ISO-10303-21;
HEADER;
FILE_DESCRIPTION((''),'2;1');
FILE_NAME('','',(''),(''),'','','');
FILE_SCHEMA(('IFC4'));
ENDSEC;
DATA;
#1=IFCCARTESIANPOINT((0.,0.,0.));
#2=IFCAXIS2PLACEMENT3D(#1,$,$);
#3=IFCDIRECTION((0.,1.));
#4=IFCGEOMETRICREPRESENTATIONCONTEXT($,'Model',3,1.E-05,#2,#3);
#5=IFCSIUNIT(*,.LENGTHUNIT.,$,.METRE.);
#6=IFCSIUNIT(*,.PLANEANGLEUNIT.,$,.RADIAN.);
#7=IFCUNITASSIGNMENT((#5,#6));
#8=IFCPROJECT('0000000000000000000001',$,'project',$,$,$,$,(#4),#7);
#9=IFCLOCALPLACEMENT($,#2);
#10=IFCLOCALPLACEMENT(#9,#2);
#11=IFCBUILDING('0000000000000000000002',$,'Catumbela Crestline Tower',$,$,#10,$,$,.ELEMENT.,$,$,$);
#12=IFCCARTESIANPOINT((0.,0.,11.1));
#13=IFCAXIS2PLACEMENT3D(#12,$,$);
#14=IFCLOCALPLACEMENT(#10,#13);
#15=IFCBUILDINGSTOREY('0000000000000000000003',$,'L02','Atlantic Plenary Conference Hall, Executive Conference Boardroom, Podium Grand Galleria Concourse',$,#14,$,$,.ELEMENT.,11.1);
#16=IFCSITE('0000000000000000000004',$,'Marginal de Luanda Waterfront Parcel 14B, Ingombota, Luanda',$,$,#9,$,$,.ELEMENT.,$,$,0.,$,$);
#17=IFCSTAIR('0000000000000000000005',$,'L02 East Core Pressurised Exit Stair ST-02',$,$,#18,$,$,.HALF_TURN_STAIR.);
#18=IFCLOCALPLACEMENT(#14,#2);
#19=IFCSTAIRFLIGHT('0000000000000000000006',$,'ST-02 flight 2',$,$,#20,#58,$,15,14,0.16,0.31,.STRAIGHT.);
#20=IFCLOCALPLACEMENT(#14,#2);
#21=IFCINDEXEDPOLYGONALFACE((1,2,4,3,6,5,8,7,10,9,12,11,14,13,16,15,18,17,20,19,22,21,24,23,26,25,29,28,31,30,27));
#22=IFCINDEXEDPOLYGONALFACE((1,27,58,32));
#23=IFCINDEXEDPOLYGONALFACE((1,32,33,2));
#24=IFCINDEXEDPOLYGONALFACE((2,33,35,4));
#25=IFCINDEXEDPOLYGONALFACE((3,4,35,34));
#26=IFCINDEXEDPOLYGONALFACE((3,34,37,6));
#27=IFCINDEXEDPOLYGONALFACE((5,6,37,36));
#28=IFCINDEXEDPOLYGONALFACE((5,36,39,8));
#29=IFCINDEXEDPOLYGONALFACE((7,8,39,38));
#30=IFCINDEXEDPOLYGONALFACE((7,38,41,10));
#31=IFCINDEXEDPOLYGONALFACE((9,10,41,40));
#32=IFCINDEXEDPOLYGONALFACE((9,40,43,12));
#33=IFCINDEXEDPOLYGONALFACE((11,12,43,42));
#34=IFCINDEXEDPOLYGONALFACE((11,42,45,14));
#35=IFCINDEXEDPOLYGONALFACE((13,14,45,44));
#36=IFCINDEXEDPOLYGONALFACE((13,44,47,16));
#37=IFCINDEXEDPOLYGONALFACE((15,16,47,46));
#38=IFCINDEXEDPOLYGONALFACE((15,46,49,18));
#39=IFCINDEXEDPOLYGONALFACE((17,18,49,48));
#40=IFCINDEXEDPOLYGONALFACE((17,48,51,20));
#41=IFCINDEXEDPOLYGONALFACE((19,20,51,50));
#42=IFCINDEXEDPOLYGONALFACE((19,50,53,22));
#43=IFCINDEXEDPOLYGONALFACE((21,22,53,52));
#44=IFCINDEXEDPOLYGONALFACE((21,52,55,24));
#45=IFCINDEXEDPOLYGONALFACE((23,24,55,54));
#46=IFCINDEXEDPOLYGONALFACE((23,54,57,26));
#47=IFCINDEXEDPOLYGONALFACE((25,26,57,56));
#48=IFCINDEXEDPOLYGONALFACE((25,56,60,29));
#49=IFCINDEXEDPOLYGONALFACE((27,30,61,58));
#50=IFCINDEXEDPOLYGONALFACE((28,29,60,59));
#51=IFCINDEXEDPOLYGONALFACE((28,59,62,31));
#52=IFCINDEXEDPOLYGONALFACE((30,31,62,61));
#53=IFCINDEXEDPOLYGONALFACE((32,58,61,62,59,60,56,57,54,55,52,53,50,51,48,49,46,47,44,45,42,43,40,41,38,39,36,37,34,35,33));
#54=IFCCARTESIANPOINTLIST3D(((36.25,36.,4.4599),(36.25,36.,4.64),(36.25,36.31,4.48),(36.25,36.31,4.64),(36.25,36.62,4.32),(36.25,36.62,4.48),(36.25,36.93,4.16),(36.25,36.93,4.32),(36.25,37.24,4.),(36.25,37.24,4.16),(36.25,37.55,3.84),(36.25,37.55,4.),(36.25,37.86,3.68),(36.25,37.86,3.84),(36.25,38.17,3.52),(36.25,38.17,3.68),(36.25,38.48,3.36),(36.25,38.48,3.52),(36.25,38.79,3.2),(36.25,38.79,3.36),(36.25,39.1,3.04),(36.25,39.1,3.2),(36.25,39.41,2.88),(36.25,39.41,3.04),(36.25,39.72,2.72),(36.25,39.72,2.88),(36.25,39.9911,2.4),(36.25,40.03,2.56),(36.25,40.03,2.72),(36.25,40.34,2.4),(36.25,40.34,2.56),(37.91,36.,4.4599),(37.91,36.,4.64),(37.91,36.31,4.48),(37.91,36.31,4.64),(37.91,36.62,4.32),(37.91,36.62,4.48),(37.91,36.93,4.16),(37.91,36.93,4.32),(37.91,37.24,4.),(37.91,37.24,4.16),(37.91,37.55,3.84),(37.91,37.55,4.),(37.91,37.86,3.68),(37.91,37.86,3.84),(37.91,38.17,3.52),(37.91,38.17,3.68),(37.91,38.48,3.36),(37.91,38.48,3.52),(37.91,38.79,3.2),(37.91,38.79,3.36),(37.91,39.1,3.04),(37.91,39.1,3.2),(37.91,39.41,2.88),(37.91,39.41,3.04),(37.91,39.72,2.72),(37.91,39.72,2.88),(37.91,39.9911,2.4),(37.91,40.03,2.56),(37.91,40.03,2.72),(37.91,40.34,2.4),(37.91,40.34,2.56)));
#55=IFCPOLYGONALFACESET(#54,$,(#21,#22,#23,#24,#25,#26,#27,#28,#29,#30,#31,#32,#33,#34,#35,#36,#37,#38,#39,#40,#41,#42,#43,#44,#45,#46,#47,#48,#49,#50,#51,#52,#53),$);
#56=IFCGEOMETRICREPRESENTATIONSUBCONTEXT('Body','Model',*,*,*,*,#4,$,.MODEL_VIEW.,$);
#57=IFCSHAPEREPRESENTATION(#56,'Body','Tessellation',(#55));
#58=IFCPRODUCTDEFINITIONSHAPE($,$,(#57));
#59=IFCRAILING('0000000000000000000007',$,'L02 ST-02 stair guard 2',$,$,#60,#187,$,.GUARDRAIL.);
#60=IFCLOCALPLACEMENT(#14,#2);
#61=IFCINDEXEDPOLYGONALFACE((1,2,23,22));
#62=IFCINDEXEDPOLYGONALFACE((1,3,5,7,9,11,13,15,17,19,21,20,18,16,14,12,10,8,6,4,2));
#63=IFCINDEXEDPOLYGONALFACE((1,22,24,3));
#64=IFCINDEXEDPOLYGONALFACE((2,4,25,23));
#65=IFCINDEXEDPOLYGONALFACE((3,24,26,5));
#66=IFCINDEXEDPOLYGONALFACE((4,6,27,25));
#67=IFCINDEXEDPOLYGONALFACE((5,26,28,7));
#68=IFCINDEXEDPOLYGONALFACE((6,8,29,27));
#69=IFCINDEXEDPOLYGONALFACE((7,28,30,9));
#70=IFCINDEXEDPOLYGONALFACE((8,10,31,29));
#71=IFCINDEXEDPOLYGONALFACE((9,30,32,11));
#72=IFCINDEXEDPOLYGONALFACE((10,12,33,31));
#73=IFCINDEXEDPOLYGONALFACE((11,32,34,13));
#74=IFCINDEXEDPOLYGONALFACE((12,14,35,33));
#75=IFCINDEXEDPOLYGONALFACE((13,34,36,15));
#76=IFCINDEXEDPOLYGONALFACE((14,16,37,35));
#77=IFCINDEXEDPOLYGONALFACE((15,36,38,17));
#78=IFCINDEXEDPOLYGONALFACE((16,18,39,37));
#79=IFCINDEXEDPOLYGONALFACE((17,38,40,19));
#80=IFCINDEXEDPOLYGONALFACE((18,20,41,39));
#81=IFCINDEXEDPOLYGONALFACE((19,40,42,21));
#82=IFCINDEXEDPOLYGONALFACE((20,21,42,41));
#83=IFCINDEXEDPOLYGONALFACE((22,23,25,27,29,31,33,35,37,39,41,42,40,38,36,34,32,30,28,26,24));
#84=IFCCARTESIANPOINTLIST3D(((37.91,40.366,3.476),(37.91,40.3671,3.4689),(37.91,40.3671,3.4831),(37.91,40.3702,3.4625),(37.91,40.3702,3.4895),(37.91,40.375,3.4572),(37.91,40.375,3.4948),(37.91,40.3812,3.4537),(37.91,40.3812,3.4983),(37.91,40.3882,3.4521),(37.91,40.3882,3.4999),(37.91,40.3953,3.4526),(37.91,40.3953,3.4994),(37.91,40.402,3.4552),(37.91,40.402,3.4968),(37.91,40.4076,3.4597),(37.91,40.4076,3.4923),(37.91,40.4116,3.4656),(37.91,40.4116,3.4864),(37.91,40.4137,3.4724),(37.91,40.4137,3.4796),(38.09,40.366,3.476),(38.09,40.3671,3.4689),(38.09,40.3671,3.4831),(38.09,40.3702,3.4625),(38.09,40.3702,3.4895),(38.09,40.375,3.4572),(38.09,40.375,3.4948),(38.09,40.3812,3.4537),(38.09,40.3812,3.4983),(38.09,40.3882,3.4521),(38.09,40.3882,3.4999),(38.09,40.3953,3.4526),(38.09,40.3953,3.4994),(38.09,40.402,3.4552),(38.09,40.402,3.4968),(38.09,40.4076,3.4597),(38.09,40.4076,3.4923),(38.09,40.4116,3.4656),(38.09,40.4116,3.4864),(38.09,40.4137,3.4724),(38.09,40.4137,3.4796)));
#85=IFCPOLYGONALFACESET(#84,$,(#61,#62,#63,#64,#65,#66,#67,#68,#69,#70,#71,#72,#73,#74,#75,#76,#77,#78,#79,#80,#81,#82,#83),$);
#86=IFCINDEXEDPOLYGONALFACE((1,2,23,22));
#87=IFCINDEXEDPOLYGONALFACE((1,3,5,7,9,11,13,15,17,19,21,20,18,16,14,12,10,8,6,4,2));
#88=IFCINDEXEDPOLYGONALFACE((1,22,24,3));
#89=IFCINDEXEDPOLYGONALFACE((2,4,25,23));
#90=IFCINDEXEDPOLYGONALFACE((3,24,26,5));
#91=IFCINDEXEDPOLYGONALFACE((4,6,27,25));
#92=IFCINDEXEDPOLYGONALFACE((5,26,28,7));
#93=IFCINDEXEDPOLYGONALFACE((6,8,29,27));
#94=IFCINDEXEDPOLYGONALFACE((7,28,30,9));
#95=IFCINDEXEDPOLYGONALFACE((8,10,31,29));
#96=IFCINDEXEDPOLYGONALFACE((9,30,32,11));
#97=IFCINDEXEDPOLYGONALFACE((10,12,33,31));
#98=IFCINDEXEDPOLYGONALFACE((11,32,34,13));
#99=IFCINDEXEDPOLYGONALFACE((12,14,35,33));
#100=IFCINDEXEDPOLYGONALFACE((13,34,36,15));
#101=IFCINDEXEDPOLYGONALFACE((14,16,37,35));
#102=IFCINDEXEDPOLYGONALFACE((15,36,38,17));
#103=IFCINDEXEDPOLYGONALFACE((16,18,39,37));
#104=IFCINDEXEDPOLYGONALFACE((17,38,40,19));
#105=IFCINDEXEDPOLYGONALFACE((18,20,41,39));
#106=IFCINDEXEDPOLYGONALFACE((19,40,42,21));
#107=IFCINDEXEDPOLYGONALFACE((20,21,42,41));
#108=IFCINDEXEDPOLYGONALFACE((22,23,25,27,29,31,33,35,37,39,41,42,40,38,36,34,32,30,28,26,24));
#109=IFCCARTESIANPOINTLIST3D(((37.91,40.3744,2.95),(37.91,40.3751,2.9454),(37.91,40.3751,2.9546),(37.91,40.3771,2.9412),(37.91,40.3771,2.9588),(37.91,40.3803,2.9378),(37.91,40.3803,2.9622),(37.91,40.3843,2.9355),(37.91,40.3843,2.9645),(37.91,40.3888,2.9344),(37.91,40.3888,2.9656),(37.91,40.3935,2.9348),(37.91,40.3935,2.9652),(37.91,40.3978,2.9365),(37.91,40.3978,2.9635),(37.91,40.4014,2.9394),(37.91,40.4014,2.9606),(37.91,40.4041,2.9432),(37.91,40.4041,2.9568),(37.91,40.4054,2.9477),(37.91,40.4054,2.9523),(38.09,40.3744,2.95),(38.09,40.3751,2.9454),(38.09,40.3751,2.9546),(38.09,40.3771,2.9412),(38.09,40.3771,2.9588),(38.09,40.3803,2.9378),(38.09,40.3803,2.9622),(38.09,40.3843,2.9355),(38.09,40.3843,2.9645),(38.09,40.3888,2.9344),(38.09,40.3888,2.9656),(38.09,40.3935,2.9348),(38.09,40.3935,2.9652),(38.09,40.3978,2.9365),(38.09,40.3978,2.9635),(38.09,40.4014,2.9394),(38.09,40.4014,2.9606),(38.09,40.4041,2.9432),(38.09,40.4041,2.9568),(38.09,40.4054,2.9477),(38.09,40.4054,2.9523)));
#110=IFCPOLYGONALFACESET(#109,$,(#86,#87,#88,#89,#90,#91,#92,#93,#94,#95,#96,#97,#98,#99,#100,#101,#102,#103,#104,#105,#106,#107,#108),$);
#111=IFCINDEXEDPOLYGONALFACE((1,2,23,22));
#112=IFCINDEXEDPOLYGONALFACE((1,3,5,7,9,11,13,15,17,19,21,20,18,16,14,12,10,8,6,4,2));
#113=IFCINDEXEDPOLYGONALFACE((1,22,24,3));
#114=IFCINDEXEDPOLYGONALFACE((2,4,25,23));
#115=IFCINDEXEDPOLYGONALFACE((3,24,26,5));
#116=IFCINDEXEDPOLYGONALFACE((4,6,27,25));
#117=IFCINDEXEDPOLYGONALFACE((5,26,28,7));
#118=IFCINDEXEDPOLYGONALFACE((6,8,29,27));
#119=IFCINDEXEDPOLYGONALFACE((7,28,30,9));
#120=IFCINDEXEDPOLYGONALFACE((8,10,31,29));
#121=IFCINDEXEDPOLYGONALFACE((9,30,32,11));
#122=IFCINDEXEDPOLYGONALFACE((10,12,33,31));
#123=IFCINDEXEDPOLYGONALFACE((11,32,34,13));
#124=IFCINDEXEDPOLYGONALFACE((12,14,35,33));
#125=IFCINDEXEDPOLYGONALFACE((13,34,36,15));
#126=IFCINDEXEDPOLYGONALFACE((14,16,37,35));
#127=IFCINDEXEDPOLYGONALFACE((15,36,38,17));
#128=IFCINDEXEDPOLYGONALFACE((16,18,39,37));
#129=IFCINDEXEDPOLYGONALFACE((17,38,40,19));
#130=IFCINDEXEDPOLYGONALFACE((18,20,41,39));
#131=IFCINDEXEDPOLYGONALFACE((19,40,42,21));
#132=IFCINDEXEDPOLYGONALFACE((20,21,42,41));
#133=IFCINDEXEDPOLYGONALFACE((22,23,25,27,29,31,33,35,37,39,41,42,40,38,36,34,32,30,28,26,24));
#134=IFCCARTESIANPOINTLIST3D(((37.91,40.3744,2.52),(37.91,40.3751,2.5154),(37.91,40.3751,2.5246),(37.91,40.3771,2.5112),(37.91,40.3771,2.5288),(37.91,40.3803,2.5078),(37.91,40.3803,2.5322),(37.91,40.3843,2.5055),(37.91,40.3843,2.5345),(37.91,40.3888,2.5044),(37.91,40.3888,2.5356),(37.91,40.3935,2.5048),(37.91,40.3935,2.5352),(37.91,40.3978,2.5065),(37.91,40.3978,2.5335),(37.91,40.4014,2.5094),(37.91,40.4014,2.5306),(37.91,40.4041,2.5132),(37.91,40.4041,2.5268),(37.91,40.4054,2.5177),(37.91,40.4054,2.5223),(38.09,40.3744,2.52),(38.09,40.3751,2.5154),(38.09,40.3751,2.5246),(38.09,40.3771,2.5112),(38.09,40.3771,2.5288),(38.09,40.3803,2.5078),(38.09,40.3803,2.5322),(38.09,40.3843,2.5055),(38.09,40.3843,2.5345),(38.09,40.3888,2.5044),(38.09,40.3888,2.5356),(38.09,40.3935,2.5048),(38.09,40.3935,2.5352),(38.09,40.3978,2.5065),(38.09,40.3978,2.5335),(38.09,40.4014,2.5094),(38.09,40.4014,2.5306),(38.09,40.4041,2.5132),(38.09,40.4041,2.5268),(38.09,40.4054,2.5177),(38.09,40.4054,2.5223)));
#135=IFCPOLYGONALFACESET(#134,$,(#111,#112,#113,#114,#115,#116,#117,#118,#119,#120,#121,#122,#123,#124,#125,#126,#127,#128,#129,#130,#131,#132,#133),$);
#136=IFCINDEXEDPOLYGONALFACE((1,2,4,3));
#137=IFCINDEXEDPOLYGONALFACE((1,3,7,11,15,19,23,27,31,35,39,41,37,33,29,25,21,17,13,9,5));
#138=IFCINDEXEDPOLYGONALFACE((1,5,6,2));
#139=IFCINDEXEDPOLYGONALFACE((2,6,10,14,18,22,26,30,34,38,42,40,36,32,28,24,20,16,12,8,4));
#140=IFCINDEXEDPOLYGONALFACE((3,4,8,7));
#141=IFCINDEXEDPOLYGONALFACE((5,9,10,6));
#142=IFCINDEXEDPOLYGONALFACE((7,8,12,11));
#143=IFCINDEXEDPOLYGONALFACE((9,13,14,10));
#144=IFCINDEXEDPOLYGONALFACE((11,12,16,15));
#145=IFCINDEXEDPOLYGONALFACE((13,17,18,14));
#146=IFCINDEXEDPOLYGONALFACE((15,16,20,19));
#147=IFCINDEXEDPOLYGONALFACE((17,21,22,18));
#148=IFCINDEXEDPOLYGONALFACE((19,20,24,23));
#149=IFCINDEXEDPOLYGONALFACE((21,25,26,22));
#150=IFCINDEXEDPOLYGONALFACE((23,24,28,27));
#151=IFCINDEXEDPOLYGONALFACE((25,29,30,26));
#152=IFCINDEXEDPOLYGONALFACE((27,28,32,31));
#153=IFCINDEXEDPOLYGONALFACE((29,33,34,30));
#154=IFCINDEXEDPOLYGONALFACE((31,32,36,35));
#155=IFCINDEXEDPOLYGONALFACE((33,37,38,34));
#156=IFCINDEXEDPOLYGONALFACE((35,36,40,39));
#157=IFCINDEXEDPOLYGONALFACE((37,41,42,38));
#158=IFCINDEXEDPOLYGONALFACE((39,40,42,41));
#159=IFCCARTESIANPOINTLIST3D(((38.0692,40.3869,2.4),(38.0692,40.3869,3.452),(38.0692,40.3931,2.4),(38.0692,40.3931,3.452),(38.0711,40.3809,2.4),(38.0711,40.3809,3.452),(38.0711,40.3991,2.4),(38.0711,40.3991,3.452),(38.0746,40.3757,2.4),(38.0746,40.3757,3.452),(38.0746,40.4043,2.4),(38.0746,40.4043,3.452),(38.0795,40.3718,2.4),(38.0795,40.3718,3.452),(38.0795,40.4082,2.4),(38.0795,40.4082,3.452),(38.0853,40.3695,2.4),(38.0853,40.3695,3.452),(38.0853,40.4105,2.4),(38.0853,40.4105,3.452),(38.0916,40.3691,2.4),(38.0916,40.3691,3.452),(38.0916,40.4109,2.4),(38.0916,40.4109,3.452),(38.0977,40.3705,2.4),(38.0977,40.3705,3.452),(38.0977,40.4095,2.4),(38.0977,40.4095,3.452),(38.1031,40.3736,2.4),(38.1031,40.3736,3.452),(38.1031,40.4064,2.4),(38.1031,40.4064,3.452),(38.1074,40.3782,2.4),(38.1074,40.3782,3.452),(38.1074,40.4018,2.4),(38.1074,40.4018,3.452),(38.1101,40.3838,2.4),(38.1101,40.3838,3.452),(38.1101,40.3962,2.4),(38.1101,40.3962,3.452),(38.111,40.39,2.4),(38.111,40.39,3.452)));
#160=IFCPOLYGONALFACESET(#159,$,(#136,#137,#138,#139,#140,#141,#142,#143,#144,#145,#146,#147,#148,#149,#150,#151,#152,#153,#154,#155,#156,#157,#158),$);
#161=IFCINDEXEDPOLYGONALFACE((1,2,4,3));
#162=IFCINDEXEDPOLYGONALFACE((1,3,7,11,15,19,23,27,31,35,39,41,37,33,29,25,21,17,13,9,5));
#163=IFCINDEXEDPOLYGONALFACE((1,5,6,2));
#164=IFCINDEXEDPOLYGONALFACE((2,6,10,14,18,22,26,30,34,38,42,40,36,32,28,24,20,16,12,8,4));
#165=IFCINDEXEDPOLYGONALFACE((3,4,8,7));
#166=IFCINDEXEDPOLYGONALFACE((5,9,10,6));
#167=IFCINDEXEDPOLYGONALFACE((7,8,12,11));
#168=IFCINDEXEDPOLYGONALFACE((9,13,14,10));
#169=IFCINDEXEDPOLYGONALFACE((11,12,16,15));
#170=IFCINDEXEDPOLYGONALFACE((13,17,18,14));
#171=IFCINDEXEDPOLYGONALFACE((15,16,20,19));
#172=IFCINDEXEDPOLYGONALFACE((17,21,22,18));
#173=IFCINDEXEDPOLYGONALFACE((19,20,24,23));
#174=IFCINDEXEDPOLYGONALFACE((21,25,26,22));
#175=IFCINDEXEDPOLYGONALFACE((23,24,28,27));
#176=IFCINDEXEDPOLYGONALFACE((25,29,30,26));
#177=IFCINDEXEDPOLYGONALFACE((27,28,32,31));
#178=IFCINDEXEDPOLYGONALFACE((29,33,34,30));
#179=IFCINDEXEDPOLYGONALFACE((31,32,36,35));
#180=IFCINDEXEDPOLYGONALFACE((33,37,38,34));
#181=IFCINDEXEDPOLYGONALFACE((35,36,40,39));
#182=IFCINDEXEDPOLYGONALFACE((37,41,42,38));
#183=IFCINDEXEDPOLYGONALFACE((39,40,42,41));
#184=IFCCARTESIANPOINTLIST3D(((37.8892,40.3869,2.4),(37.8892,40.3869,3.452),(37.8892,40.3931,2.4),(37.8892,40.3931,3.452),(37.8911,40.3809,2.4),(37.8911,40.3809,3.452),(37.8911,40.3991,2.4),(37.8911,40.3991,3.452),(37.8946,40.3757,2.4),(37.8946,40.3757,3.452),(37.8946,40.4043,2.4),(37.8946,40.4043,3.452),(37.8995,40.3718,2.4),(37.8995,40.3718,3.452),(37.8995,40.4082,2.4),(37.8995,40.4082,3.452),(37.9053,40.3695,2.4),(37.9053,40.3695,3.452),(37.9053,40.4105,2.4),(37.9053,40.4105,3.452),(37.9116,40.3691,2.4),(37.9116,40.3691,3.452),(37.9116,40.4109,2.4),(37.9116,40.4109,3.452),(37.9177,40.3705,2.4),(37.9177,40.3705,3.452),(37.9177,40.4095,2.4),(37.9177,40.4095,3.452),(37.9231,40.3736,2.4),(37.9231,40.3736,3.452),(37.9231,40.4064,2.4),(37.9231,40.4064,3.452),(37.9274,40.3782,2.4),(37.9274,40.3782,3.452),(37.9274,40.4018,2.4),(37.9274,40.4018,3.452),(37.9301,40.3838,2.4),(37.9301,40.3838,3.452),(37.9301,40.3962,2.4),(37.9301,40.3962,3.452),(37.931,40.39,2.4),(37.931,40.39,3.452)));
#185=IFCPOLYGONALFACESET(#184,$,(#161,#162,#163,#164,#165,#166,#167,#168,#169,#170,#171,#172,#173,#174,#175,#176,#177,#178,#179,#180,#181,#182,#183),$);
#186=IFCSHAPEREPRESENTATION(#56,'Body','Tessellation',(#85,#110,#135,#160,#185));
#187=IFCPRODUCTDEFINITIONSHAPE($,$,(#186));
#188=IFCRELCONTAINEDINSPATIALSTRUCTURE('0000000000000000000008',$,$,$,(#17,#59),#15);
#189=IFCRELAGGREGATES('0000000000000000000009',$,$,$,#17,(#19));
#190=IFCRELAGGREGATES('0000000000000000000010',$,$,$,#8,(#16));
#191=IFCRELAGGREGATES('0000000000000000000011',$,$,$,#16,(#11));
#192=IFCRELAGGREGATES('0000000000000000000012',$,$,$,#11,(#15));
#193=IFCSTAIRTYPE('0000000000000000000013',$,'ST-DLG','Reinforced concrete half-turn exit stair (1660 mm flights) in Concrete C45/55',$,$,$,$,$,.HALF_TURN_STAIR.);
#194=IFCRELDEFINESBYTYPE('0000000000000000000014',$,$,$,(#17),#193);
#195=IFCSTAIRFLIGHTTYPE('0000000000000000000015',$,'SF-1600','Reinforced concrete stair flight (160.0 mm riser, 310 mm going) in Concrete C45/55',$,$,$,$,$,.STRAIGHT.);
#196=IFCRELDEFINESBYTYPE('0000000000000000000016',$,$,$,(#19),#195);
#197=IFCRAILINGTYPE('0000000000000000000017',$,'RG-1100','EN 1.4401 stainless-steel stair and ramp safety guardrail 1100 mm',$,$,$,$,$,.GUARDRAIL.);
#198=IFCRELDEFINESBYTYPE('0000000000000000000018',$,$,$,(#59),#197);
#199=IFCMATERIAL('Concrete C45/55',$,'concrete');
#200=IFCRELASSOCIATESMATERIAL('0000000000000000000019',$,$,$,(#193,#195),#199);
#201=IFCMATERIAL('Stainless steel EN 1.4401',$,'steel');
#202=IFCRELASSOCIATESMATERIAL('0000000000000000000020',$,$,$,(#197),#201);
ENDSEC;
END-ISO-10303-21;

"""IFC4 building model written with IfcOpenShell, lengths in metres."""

from ifc_helpers import new_model, si_unit, direction, frame, origin, origin_2d, place, context, subcontext, project, spatial, polyline, circle, outline, extrude, material, type_object, element, aggregate, save


model = new_model("IFC4")

# Units and contexts
model_context = context("Model", 3, precision=1e-05, world=origin(), true_north=direction((0.0, 1.0)))
body_context = subcontext(model_context, "Body", "Model", "MODEL_VIEW")
ifc_project = project(units=[si_unit("LENGTHUNIT", "METRE"), si_unit("PLANEANGLEUNIT", "RADIAN")], contexts=[model_context])

# Site, building, storey
site_placement = place(None, origin())
site = spatial("IfcSite", under=ifc_project, at=site_placement, Name="Marginal de Luanda Waterfront Parcel 14B, Ingombota, Luanda", CompositionType="ELEMENT", RefElevation=0.0)
building_placement = place(site_placement, origin())
building = spatial("IfcBuilding", under=site, at=building_placement, Name="Catumbela Crestline Tower", CompositionType="ELEMENT")
storey_placement = place(building_placement, frame((0.0, 0.0, 11.1)))
storey = spatial("IfcBuildingStorey", under=building, at=storey_placement, Name="L02", Description="Atlantic Plenary Conference Hall, Executive Conference Boardroom, Podium Grand Galleria Concourse", CompositionType="ELEMENT", Elevation=11.1)

# Shared definitions
ifc_material_1 = material(Name="Stainless steel EN 1.4401", Category="steel")

# Stair, stair flight
ifc_material_2 = material(Name="Concrete C45/55", Category="concrete")
stair_type = type_object("IfcStairType", Name="ST-DLG", Description="Reinforced concrete half-turn exit stair (1660 mm flights) in Concrete C45/55", PredefinedType="HALF_TURN_STAIR", material=ifc_material_2)
stair_placement = place(storey_placement, origin())
stair = element("IfcStair", 1, at=stair_placement, inside=storey, type_object=stair_type, Name="L02 East Core Pressurised Exit Stair ST-02", PredefinedType="HALF_TURN_STAIR")
stair_flight_type = type_object("IfcStairFlightType", Name="SF-1600", Description="Reinforced concrete stair flight (160.0 mm riser, 310 mm going) in Concrete C45/55", PredefinedType="STRAIGHT", material=ifc_material_2)
stair_flight_1_placement = place(storey_placement, frame((37.08, 40.34, 2.4), z_axis=(0.0, 0.0, 1.0), x_axis=(0.0, -1.0, 0.0)))
stair_flight_1 = element("IfcStairFlight", 2, at=stair_flight_1_placement, type_object=stair_flight_type, Name="ST-02 flight 2", NumberOfRisers=15, NumberOfTreads=14, PredefinedType="STRAIGHT", RiserHeight=0.16, TreadLength=0.31, context=body_context, shape_type="SweptSolid", body=[
    extrude(outline(polyline([(0.0, 0.0), (0.0, 0.16), (0.31, 0.16), (0.31, 0.32), (0.62, 0.32), (0.62, 0.48), (0.93, 0.48), (0.93, 0.64), (1.24, 0.64), (1.24, 0.8), (1.55, 0.8), (1.55, 0.96), (1.86, 0.96), (1.86, 1.12), (2.17, 1.12), (2.17, 1.28), (2.48, 1.28), (2.48, 1.44), (2.79, 1.44), (2.79, 1.6), (3.1, 1.6), (3.1, 1.76), (3.41, 1.76), (3.41, 1.92), (3.72, 1.92), (3.72, 2.08), (4.03, 2.08), (4.03, 2.24), (4.34, 2.24), (4.34, 2.4), (4.34, 2.0599), (0.3489, 0.0), (0.0, 0.0)])), frame((0.0, 0.83, 0.0), z_axis=(0.0, -1.0, 0.0), x_axis=(1.0, 0.0, 0.0)), (0.0, 0.0, 1.0), 1.66),
])
aggregate(stair, [stair_flight_1])

# Railing
railing_type_1 = type_object("IfcRailingType", Name="RG-1100", Description="EN 1.4401 stainless-steel stair and ramp safety guardrail 1100 mm", PredefinedType="GUARDRAIL", material=ifc_material_1)
railing_1_placement = place(storey_placement, frame((38.09, 40.39, 2.4)))
element("IfcRailing", 3, at=railing_1_placement, inside=storey, type_object=railing_type_1, Name="L02 ST-02 stair guard 2", PredefinedType="GUARDRAIL", context=body_context, shape_type="SweptSolid", body=[
    extrude(circle(Radius=0.024, at=origin_2d()), frame((0.0, 0.0, 1.076), z_axis=(-1.0, 0.0, 0.0), x_axis=(0.0, -1.0, 0.0)), (0.0, 0.0, 1.0), 0.18),
    extrude(circle(Radius=0.0156, at=origin_2d()), frame((0.0, 0.0, 0.55), z_axis=(-1.0, 0.0, 0.0), x_axis=(0.0, -1.0, 0.0)), (0.0, 0.0, 1.0), 0.18),
    extrude(circle(Radius=0.0156, at=origin_2d()), frame((0.0, 0.0, 0.12), z_axis=(-1.0, 0.0, 0.0), x_axis=(0.0, -1.0, 0.0)), (0.0, 0.0, 1.0), 0.18),
    extrude(circle(Radius=0.021, at=origin_2d()), origin(), (0.0, 0.0, 1.0), 1.052),
    extrude(circle(Radius=0.021, at=origin_2d()), frame((-0.18, 0.0, 0.0)), (0.0, 0.0, 1.0), 1.052),
])

save(model, "model.ifc")
